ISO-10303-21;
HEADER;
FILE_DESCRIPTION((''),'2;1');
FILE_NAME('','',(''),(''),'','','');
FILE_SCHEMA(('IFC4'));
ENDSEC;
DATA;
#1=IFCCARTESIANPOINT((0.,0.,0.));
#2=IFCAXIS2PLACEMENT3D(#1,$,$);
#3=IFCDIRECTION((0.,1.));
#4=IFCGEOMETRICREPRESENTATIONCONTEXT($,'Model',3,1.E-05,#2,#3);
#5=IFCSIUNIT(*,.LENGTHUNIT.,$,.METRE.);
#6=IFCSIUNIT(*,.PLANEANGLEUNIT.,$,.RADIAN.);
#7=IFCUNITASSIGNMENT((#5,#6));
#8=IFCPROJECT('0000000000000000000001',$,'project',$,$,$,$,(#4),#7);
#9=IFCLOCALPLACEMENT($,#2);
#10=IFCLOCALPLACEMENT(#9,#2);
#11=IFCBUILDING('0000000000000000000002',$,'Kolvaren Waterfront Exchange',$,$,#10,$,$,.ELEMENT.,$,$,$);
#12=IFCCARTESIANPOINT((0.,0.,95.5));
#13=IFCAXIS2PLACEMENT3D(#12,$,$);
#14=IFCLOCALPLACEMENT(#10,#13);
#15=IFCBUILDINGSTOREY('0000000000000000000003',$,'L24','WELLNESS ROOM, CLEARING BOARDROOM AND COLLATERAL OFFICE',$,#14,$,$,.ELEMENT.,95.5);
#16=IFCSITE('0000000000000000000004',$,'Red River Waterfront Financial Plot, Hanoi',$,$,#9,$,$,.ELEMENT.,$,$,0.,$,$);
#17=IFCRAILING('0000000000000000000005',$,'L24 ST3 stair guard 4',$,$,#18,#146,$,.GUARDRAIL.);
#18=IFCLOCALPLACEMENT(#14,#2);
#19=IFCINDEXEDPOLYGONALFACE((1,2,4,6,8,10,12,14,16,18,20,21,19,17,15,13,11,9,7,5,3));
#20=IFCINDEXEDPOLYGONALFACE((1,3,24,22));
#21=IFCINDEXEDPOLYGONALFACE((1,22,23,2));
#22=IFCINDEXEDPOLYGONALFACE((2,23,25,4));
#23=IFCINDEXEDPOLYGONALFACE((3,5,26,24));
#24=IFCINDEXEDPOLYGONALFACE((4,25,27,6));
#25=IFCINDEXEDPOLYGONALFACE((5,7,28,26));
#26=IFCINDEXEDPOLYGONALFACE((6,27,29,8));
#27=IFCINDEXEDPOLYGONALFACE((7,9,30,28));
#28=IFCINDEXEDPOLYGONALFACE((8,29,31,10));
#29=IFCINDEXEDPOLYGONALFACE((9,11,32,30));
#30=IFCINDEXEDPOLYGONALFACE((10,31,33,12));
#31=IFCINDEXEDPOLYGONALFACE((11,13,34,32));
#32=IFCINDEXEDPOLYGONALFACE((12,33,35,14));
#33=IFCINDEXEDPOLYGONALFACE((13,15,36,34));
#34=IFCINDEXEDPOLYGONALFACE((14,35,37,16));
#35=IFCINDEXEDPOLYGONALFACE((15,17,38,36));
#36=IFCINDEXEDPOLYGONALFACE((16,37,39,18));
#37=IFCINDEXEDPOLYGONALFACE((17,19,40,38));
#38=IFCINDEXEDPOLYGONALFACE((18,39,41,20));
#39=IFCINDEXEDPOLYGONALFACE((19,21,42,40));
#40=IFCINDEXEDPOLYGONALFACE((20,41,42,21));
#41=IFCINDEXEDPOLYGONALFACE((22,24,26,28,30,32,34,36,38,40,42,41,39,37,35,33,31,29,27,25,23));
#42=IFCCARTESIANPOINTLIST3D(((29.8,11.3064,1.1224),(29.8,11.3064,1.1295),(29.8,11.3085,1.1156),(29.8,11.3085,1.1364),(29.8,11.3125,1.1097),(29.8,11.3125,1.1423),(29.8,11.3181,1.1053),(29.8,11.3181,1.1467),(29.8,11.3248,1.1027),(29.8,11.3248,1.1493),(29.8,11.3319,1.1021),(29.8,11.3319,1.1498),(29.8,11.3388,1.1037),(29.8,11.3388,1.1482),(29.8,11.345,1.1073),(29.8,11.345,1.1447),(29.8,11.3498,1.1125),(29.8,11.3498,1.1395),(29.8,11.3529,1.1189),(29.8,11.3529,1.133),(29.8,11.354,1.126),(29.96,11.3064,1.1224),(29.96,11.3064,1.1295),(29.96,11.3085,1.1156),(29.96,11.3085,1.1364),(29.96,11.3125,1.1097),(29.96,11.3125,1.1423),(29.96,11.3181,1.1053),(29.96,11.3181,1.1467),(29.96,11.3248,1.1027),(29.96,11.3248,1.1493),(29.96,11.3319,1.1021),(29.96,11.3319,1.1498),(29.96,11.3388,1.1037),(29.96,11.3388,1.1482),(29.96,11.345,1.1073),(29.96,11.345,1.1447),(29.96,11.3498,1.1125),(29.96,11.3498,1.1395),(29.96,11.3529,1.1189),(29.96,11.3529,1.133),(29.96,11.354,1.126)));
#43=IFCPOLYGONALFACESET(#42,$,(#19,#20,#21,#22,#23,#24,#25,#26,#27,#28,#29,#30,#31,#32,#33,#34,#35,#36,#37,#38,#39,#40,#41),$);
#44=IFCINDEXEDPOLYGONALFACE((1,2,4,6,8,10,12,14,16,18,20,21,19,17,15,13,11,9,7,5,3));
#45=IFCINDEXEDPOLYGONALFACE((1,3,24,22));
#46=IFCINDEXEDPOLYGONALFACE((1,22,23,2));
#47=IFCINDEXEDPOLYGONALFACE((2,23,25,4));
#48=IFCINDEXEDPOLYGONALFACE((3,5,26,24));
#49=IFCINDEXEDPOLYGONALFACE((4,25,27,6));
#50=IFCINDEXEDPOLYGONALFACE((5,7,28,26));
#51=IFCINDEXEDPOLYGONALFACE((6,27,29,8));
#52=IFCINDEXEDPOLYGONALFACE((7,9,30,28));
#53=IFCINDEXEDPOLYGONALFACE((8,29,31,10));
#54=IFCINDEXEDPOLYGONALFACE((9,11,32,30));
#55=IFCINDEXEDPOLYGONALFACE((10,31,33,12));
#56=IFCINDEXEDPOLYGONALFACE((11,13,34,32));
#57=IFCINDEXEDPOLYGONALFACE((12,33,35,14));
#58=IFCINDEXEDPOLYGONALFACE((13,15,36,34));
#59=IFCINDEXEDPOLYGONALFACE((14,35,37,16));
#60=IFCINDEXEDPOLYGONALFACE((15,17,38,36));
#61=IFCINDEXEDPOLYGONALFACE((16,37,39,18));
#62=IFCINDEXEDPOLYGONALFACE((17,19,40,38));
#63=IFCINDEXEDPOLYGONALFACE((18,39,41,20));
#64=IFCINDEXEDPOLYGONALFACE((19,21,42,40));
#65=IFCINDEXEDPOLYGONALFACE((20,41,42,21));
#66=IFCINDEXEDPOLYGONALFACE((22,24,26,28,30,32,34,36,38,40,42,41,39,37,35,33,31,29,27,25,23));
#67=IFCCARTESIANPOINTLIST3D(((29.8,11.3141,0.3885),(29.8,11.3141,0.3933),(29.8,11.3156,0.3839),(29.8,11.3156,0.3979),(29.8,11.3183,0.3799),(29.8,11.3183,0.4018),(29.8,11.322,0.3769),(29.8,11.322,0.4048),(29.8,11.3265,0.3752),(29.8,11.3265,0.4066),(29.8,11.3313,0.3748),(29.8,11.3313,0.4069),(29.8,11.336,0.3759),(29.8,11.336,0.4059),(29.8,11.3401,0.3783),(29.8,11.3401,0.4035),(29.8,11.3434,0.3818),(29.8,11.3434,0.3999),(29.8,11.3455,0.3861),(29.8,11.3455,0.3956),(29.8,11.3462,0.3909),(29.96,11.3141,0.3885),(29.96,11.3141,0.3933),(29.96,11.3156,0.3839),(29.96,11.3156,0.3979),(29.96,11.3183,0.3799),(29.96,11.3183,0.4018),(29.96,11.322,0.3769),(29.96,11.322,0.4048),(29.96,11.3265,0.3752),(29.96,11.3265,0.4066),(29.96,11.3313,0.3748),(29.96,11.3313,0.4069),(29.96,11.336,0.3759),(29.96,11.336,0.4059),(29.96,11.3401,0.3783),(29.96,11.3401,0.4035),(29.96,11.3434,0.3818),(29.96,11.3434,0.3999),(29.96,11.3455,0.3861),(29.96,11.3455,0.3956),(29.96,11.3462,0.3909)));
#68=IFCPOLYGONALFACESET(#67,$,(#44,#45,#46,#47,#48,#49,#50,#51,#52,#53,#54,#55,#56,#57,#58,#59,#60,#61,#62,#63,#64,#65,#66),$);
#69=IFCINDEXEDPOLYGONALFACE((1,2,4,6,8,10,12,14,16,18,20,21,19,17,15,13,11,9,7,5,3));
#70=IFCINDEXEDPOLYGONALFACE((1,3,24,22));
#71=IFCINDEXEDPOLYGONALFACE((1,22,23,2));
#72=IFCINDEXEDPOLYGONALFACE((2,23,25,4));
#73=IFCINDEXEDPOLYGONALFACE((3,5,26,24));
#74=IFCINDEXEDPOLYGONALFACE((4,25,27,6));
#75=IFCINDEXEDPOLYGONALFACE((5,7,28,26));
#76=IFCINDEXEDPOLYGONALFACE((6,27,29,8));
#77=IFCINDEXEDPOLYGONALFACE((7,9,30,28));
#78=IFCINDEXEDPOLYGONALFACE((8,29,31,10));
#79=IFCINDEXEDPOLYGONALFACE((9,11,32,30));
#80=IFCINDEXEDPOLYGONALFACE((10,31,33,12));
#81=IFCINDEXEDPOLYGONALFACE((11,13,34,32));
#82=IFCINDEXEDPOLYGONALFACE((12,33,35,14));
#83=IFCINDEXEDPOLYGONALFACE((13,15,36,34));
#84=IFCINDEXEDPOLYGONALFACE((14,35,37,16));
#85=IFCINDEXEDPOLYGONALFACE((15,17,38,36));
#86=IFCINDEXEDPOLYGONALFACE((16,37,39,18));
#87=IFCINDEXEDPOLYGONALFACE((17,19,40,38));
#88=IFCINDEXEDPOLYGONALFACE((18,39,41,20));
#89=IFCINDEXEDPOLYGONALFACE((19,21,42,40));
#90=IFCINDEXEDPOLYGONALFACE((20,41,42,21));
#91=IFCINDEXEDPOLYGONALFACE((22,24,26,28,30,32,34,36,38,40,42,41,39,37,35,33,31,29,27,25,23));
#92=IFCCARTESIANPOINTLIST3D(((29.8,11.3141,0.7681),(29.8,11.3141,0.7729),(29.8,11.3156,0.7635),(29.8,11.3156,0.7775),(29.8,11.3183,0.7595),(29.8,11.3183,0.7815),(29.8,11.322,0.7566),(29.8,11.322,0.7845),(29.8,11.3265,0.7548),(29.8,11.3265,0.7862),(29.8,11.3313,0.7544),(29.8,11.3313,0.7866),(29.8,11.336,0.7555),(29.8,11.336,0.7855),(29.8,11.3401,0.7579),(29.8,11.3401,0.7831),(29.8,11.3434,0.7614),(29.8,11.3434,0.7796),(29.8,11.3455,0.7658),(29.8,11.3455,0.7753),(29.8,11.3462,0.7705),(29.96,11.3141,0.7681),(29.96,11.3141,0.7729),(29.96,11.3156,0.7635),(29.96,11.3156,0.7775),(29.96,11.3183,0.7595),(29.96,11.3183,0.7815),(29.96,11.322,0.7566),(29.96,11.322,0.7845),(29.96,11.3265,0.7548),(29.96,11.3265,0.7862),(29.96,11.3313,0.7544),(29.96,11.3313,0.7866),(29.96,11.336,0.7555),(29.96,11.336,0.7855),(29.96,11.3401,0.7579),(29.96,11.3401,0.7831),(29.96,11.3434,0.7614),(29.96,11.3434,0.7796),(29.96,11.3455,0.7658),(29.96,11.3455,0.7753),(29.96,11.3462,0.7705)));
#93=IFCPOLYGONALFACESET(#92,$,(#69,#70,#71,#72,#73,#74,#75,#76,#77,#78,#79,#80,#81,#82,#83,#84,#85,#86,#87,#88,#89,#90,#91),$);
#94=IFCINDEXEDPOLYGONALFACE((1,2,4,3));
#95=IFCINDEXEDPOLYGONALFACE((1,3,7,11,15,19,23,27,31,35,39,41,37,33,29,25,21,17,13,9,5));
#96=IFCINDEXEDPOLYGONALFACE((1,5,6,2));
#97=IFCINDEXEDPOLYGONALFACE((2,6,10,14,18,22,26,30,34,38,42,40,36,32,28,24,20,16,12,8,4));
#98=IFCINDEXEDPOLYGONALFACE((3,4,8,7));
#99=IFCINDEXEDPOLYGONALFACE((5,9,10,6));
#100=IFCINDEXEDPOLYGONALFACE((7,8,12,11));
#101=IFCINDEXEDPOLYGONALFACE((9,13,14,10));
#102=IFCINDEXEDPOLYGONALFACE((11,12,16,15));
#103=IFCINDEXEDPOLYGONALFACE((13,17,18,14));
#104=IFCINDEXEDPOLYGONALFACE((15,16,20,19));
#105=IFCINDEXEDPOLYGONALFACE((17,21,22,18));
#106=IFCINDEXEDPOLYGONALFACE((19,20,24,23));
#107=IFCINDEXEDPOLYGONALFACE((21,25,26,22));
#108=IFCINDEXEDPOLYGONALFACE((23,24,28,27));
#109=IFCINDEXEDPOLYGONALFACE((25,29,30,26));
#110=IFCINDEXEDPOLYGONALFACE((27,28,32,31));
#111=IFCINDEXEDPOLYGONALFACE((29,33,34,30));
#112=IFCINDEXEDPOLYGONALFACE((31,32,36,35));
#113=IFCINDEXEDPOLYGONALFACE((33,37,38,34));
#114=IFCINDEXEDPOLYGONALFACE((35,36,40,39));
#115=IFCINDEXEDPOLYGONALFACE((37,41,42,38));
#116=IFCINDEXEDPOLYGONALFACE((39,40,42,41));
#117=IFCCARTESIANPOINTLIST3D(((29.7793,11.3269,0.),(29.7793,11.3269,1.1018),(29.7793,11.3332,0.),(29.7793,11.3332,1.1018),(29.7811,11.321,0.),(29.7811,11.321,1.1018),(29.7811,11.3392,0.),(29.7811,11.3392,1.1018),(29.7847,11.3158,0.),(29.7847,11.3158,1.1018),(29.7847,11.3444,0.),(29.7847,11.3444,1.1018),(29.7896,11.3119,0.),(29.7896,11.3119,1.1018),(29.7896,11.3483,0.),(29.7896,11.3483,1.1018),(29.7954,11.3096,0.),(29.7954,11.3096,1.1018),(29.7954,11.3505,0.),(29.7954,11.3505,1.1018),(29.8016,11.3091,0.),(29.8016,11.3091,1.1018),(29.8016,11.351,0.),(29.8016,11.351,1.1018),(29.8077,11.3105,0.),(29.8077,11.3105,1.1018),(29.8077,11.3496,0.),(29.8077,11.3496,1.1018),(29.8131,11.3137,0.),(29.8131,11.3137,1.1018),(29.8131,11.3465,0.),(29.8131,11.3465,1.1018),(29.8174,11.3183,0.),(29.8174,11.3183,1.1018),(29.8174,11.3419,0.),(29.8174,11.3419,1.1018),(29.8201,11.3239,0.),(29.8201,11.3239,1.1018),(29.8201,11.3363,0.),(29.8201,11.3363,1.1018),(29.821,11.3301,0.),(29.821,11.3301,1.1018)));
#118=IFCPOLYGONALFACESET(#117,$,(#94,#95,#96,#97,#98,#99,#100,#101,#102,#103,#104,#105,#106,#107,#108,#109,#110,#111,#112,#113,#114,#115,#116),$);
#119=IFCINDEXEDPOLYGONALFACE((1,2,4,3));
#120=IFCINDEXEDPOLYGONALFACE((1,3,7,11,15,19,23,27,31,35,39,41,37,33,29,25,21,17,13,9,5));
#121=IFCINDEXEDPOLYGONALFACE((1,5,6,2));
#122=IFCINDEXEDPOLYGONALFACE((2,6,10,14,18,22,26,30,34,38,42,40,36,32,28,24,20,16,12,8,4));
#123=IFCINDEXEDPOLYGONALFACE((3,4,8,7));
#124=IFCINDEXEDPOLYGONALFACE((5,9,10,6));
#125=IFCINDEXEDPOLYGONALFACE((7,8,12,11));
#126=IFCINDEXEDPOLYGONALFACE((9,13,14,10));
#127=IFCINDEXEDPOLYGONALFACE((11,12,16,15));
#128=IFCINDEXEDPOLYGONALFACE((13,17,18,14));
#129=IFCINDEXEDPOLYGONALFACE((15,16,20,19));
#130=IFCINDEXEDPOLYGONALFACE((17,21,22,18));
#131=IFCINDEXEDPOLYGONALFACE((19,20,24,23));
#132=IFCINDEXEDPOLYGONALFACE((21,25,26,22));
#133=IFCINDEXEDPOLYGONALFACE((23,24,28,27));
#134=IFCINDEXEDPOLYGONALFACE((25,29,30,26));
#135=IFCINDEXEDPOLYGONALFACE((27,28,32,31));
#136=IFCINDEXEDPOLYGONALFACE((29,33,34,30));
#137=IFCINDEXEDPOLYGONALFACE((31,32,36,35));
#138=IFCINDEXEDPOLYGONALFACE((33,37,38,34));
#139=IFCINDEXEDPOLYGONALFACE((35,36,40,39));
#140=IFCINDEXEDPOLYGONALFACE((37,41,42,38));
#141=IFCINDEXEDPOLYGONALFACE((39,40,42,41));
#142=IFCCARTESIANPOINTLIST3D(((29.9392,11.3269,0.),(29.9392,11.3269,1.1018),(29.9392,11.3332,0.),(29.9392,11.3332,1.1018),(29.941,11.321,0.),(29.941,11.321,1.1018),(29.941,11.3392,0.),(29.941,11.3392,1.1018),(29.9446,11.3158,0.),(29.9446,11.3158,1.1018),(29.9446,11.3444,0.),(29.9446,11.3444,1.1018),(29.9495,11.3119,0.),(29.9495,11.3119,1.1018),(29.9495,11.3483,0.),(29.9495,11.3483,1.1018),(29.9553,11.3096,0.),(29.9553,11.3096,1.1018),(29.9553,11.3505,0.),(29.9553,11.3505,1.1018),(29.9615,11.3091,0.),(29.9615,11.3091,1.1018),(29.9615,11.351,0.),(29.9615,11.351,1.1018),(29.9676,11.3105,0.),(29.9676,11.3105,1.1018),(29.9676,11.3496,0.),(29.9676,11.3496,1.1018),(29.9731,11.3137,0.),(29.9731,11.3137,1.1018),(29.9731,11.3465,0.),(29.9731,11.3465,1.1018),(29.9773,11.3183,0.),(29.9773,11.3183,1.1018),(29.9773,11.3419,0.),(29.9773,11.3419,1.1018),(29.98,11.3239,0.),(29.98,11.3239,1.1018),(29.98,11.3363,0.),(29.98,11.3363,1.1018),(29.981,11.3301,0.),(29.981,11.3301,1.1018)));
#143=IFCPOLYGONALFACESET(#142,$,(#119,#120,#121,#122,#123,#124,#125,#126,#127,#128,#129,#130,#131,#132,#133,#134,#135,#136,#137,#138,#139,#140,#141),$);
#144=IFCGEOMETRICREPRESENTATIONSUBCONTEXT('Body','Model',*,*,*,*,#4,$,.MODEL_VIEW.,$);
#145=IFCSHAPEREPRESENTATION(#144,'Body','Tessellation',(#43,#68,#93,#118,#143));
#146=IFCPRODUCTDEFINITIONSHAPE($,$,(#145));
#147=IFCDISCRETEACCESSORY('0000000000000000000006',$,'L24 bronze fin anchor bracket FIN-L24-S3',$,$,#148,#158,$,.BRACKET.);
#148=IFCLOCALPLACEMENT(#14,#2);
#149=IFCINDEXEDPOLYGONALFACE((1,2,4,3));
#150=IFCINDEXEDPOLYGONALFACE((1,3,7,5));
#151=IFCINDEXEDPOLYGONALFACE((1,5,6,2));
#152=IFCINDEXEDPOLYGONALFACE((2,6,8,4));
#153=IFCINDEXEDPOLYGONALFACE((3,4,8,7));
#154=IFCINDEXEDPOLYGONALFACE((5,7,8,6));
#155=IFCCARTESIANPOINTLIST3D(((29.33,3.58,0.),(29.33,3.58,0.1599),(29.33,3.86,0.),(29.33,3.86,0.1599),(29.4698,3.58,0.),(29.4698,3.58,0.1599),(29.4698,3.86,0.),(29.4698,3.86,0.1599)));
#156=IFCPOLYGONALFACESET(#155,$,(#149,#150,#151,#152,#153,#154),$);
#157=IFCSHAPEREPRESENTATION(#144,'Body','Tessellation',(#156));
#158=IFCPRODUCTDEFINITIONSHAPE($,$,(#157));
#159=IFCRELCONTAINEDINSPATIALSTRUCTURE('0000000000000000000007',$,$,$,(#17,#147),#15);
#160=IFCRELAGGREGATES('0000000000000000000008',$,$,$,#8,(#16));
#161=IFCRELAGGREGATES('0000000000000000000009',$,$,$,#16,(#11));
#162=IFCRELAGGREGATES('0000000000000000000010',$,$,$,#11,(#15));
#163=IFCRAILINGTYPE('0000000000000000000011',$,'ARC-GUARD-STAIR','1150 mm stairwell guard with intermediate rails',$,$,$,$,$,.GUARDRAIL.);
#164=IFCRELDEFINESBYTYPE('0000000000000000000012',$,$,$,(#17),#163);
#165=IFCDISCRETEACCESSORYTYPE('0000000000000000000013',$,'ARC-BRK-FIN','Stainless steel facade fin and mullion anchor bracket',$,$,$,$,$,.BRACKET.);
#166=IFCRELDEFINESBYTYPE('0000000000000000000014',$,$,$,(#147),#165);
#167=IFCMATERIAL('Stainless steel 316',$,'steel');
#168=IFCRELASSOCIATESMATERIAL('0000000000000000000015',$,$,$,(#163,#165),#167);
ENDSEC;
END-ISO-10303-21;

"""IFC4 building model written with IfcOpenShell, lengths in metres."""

from ifc_helpers import new_model, si_unit, direction, frame, origin, origin_with_axes, origin_2d, place, context, subcontext, project, spatial, rectangle, circle, extrude, source, transform, mapped, material, type_object, element, save


model = new_model("IFC4")

# Units and contexts
model_context = context("Model", 3, precision=1e-05, world=origin(), true_north=direction((0.0, 1.0)))
body_context = subcontext(model_context, "Body", "Model", "MODEL_VIEW")
ifc_project = project(units=[si_unit("LENGTHUNIT", "METRE"), si_unit("PLANEANGLEUNIT", "RADIAN")], contexts=[model_context])

# Site, building, storey
site_placement = place(None, origin())
site = spatial("IfcSite", under=ifc_project, at=site_placement, Name="Red River Waterfront Financial Plot, Hanoi", CompositionType="ELEMENT", RefElevation=0.0)
building_placement = place(site_placement, origin())
building = spatial("IfcBuilding", under=site, at=building_placement, Name="Kolvaren Waterfront Exchange", CompositionType="ELEMENT")
storey_placement = place(building_placement, frame((0.0, 0.0, 95.5)))
storey = spatial("IfcBuildingStorey", under=building, at=storey_placement, Name="L24", Description="WELLNESS ROOM, CLEARING BOARDROOM AND COLLATERAL OFFICE", CompositionType="ELEMENT", Elevation=95.5)

# Railing
ifc_material_1 = material(Name="Stainless steel 316", Category="steel")
railing_type = type_object("IfcRailingType", Name="ARC-GUARD-STAIR", Description="1150 mm stairwell guard with intermediate rails", PredefinedType="GUARDRAIL", material=ifc_material_1)
railing_1_placement = place(storey_placement, frame((29.8, 11.3301, 0.0)))
element("IfcRailing", 1, at=railing_1_placement, inside=storey, type_object=railing_type, Name="L24 ST3 stair guard 4", PredefinedType="GUARDRAIL", context=body_context, shape_type="SweptSolid", body=[
    extrude(circle(Radius=0.0239, at=origin_2d()), frame((0.0, 0.0, 1.126), z_axis=(1.0, 0.0, 0.0), x_axis=(0.0, 1.0, 0.0)), (0.0, 0.0, 1.0), 0.1599),
    extrude(circle(Radius=0.0161, at=origin_2d()), frame((0.0, 0.0, 0.3909), z_axis=(1.0, 0.0, 0.0), x_axis=(0.0, 1.0, 0.0)), (0.0, 0.0, 1.0), 0.1599),
    extrude(circle(Radius=0.0161, at=origin_2d()), frame((0.0, 0.0, 0.7705), z_axis=(1.0, 0.0, 0.0), x_axis=(0.0, 1.0, 0.0)), (0.0, 0.0, 1.0), 0.1599),
    extrude(circle(Radius=0.021, at=origin_2d()), origin(), (0.0, 0.0, 1.0), 1.1018),
    extrude(circle(Radius=0.021, at=origin_2d()), frame((0.1599, 0.0, 0.0)), (0.0, 0.0, 1.0), 1.1018),
])

# Discrete accessory
discrete_accessory_type = type_object("IfcDiscreteAccessoryType", Name="ARC-BRK-FIN", Description="Stainless steel facade fin and mullion anchor bracket", PredefinedType="BRACKET", material=ifc_material_1)
shared_shape_1 = source(origin_with_axes(), body_context, "Body", "SweptSolid", [
    extrude(rectangle(XDim=0.28, YDim=0.1399, at=origin_2d()), origin(), (0.0, 0.0, 1.0), 0.1599),
])
discrete_accessory_placement = place(storey_placement, frame((29.3999, 3.72, 0.0), z_axis=(0.0, 0.0, 1.0), x_axis=(0.0, -1.0, 0.0)))
element("IfcDiscreteAccessory", 2, at=discrete_accessory_placement, inside=storey, type_object=discrete_accessory_type, Name="L24 bronze fin anchor bracket FIN-L24-S3", PredefinedType="BRACKET", context=body_context, shape_type="MappedRepresentation", body=[
    mapped(shared_shape_1, transform((0.0, 0.0, 0.0), x_axis=(1.0, 0.0, 0.0), y_axis=(0.0, 1.0, 0.0), z_axis=(0.0, 0.0, 1.0), scale=1.0)),
])

save(model, "model.ifc")
